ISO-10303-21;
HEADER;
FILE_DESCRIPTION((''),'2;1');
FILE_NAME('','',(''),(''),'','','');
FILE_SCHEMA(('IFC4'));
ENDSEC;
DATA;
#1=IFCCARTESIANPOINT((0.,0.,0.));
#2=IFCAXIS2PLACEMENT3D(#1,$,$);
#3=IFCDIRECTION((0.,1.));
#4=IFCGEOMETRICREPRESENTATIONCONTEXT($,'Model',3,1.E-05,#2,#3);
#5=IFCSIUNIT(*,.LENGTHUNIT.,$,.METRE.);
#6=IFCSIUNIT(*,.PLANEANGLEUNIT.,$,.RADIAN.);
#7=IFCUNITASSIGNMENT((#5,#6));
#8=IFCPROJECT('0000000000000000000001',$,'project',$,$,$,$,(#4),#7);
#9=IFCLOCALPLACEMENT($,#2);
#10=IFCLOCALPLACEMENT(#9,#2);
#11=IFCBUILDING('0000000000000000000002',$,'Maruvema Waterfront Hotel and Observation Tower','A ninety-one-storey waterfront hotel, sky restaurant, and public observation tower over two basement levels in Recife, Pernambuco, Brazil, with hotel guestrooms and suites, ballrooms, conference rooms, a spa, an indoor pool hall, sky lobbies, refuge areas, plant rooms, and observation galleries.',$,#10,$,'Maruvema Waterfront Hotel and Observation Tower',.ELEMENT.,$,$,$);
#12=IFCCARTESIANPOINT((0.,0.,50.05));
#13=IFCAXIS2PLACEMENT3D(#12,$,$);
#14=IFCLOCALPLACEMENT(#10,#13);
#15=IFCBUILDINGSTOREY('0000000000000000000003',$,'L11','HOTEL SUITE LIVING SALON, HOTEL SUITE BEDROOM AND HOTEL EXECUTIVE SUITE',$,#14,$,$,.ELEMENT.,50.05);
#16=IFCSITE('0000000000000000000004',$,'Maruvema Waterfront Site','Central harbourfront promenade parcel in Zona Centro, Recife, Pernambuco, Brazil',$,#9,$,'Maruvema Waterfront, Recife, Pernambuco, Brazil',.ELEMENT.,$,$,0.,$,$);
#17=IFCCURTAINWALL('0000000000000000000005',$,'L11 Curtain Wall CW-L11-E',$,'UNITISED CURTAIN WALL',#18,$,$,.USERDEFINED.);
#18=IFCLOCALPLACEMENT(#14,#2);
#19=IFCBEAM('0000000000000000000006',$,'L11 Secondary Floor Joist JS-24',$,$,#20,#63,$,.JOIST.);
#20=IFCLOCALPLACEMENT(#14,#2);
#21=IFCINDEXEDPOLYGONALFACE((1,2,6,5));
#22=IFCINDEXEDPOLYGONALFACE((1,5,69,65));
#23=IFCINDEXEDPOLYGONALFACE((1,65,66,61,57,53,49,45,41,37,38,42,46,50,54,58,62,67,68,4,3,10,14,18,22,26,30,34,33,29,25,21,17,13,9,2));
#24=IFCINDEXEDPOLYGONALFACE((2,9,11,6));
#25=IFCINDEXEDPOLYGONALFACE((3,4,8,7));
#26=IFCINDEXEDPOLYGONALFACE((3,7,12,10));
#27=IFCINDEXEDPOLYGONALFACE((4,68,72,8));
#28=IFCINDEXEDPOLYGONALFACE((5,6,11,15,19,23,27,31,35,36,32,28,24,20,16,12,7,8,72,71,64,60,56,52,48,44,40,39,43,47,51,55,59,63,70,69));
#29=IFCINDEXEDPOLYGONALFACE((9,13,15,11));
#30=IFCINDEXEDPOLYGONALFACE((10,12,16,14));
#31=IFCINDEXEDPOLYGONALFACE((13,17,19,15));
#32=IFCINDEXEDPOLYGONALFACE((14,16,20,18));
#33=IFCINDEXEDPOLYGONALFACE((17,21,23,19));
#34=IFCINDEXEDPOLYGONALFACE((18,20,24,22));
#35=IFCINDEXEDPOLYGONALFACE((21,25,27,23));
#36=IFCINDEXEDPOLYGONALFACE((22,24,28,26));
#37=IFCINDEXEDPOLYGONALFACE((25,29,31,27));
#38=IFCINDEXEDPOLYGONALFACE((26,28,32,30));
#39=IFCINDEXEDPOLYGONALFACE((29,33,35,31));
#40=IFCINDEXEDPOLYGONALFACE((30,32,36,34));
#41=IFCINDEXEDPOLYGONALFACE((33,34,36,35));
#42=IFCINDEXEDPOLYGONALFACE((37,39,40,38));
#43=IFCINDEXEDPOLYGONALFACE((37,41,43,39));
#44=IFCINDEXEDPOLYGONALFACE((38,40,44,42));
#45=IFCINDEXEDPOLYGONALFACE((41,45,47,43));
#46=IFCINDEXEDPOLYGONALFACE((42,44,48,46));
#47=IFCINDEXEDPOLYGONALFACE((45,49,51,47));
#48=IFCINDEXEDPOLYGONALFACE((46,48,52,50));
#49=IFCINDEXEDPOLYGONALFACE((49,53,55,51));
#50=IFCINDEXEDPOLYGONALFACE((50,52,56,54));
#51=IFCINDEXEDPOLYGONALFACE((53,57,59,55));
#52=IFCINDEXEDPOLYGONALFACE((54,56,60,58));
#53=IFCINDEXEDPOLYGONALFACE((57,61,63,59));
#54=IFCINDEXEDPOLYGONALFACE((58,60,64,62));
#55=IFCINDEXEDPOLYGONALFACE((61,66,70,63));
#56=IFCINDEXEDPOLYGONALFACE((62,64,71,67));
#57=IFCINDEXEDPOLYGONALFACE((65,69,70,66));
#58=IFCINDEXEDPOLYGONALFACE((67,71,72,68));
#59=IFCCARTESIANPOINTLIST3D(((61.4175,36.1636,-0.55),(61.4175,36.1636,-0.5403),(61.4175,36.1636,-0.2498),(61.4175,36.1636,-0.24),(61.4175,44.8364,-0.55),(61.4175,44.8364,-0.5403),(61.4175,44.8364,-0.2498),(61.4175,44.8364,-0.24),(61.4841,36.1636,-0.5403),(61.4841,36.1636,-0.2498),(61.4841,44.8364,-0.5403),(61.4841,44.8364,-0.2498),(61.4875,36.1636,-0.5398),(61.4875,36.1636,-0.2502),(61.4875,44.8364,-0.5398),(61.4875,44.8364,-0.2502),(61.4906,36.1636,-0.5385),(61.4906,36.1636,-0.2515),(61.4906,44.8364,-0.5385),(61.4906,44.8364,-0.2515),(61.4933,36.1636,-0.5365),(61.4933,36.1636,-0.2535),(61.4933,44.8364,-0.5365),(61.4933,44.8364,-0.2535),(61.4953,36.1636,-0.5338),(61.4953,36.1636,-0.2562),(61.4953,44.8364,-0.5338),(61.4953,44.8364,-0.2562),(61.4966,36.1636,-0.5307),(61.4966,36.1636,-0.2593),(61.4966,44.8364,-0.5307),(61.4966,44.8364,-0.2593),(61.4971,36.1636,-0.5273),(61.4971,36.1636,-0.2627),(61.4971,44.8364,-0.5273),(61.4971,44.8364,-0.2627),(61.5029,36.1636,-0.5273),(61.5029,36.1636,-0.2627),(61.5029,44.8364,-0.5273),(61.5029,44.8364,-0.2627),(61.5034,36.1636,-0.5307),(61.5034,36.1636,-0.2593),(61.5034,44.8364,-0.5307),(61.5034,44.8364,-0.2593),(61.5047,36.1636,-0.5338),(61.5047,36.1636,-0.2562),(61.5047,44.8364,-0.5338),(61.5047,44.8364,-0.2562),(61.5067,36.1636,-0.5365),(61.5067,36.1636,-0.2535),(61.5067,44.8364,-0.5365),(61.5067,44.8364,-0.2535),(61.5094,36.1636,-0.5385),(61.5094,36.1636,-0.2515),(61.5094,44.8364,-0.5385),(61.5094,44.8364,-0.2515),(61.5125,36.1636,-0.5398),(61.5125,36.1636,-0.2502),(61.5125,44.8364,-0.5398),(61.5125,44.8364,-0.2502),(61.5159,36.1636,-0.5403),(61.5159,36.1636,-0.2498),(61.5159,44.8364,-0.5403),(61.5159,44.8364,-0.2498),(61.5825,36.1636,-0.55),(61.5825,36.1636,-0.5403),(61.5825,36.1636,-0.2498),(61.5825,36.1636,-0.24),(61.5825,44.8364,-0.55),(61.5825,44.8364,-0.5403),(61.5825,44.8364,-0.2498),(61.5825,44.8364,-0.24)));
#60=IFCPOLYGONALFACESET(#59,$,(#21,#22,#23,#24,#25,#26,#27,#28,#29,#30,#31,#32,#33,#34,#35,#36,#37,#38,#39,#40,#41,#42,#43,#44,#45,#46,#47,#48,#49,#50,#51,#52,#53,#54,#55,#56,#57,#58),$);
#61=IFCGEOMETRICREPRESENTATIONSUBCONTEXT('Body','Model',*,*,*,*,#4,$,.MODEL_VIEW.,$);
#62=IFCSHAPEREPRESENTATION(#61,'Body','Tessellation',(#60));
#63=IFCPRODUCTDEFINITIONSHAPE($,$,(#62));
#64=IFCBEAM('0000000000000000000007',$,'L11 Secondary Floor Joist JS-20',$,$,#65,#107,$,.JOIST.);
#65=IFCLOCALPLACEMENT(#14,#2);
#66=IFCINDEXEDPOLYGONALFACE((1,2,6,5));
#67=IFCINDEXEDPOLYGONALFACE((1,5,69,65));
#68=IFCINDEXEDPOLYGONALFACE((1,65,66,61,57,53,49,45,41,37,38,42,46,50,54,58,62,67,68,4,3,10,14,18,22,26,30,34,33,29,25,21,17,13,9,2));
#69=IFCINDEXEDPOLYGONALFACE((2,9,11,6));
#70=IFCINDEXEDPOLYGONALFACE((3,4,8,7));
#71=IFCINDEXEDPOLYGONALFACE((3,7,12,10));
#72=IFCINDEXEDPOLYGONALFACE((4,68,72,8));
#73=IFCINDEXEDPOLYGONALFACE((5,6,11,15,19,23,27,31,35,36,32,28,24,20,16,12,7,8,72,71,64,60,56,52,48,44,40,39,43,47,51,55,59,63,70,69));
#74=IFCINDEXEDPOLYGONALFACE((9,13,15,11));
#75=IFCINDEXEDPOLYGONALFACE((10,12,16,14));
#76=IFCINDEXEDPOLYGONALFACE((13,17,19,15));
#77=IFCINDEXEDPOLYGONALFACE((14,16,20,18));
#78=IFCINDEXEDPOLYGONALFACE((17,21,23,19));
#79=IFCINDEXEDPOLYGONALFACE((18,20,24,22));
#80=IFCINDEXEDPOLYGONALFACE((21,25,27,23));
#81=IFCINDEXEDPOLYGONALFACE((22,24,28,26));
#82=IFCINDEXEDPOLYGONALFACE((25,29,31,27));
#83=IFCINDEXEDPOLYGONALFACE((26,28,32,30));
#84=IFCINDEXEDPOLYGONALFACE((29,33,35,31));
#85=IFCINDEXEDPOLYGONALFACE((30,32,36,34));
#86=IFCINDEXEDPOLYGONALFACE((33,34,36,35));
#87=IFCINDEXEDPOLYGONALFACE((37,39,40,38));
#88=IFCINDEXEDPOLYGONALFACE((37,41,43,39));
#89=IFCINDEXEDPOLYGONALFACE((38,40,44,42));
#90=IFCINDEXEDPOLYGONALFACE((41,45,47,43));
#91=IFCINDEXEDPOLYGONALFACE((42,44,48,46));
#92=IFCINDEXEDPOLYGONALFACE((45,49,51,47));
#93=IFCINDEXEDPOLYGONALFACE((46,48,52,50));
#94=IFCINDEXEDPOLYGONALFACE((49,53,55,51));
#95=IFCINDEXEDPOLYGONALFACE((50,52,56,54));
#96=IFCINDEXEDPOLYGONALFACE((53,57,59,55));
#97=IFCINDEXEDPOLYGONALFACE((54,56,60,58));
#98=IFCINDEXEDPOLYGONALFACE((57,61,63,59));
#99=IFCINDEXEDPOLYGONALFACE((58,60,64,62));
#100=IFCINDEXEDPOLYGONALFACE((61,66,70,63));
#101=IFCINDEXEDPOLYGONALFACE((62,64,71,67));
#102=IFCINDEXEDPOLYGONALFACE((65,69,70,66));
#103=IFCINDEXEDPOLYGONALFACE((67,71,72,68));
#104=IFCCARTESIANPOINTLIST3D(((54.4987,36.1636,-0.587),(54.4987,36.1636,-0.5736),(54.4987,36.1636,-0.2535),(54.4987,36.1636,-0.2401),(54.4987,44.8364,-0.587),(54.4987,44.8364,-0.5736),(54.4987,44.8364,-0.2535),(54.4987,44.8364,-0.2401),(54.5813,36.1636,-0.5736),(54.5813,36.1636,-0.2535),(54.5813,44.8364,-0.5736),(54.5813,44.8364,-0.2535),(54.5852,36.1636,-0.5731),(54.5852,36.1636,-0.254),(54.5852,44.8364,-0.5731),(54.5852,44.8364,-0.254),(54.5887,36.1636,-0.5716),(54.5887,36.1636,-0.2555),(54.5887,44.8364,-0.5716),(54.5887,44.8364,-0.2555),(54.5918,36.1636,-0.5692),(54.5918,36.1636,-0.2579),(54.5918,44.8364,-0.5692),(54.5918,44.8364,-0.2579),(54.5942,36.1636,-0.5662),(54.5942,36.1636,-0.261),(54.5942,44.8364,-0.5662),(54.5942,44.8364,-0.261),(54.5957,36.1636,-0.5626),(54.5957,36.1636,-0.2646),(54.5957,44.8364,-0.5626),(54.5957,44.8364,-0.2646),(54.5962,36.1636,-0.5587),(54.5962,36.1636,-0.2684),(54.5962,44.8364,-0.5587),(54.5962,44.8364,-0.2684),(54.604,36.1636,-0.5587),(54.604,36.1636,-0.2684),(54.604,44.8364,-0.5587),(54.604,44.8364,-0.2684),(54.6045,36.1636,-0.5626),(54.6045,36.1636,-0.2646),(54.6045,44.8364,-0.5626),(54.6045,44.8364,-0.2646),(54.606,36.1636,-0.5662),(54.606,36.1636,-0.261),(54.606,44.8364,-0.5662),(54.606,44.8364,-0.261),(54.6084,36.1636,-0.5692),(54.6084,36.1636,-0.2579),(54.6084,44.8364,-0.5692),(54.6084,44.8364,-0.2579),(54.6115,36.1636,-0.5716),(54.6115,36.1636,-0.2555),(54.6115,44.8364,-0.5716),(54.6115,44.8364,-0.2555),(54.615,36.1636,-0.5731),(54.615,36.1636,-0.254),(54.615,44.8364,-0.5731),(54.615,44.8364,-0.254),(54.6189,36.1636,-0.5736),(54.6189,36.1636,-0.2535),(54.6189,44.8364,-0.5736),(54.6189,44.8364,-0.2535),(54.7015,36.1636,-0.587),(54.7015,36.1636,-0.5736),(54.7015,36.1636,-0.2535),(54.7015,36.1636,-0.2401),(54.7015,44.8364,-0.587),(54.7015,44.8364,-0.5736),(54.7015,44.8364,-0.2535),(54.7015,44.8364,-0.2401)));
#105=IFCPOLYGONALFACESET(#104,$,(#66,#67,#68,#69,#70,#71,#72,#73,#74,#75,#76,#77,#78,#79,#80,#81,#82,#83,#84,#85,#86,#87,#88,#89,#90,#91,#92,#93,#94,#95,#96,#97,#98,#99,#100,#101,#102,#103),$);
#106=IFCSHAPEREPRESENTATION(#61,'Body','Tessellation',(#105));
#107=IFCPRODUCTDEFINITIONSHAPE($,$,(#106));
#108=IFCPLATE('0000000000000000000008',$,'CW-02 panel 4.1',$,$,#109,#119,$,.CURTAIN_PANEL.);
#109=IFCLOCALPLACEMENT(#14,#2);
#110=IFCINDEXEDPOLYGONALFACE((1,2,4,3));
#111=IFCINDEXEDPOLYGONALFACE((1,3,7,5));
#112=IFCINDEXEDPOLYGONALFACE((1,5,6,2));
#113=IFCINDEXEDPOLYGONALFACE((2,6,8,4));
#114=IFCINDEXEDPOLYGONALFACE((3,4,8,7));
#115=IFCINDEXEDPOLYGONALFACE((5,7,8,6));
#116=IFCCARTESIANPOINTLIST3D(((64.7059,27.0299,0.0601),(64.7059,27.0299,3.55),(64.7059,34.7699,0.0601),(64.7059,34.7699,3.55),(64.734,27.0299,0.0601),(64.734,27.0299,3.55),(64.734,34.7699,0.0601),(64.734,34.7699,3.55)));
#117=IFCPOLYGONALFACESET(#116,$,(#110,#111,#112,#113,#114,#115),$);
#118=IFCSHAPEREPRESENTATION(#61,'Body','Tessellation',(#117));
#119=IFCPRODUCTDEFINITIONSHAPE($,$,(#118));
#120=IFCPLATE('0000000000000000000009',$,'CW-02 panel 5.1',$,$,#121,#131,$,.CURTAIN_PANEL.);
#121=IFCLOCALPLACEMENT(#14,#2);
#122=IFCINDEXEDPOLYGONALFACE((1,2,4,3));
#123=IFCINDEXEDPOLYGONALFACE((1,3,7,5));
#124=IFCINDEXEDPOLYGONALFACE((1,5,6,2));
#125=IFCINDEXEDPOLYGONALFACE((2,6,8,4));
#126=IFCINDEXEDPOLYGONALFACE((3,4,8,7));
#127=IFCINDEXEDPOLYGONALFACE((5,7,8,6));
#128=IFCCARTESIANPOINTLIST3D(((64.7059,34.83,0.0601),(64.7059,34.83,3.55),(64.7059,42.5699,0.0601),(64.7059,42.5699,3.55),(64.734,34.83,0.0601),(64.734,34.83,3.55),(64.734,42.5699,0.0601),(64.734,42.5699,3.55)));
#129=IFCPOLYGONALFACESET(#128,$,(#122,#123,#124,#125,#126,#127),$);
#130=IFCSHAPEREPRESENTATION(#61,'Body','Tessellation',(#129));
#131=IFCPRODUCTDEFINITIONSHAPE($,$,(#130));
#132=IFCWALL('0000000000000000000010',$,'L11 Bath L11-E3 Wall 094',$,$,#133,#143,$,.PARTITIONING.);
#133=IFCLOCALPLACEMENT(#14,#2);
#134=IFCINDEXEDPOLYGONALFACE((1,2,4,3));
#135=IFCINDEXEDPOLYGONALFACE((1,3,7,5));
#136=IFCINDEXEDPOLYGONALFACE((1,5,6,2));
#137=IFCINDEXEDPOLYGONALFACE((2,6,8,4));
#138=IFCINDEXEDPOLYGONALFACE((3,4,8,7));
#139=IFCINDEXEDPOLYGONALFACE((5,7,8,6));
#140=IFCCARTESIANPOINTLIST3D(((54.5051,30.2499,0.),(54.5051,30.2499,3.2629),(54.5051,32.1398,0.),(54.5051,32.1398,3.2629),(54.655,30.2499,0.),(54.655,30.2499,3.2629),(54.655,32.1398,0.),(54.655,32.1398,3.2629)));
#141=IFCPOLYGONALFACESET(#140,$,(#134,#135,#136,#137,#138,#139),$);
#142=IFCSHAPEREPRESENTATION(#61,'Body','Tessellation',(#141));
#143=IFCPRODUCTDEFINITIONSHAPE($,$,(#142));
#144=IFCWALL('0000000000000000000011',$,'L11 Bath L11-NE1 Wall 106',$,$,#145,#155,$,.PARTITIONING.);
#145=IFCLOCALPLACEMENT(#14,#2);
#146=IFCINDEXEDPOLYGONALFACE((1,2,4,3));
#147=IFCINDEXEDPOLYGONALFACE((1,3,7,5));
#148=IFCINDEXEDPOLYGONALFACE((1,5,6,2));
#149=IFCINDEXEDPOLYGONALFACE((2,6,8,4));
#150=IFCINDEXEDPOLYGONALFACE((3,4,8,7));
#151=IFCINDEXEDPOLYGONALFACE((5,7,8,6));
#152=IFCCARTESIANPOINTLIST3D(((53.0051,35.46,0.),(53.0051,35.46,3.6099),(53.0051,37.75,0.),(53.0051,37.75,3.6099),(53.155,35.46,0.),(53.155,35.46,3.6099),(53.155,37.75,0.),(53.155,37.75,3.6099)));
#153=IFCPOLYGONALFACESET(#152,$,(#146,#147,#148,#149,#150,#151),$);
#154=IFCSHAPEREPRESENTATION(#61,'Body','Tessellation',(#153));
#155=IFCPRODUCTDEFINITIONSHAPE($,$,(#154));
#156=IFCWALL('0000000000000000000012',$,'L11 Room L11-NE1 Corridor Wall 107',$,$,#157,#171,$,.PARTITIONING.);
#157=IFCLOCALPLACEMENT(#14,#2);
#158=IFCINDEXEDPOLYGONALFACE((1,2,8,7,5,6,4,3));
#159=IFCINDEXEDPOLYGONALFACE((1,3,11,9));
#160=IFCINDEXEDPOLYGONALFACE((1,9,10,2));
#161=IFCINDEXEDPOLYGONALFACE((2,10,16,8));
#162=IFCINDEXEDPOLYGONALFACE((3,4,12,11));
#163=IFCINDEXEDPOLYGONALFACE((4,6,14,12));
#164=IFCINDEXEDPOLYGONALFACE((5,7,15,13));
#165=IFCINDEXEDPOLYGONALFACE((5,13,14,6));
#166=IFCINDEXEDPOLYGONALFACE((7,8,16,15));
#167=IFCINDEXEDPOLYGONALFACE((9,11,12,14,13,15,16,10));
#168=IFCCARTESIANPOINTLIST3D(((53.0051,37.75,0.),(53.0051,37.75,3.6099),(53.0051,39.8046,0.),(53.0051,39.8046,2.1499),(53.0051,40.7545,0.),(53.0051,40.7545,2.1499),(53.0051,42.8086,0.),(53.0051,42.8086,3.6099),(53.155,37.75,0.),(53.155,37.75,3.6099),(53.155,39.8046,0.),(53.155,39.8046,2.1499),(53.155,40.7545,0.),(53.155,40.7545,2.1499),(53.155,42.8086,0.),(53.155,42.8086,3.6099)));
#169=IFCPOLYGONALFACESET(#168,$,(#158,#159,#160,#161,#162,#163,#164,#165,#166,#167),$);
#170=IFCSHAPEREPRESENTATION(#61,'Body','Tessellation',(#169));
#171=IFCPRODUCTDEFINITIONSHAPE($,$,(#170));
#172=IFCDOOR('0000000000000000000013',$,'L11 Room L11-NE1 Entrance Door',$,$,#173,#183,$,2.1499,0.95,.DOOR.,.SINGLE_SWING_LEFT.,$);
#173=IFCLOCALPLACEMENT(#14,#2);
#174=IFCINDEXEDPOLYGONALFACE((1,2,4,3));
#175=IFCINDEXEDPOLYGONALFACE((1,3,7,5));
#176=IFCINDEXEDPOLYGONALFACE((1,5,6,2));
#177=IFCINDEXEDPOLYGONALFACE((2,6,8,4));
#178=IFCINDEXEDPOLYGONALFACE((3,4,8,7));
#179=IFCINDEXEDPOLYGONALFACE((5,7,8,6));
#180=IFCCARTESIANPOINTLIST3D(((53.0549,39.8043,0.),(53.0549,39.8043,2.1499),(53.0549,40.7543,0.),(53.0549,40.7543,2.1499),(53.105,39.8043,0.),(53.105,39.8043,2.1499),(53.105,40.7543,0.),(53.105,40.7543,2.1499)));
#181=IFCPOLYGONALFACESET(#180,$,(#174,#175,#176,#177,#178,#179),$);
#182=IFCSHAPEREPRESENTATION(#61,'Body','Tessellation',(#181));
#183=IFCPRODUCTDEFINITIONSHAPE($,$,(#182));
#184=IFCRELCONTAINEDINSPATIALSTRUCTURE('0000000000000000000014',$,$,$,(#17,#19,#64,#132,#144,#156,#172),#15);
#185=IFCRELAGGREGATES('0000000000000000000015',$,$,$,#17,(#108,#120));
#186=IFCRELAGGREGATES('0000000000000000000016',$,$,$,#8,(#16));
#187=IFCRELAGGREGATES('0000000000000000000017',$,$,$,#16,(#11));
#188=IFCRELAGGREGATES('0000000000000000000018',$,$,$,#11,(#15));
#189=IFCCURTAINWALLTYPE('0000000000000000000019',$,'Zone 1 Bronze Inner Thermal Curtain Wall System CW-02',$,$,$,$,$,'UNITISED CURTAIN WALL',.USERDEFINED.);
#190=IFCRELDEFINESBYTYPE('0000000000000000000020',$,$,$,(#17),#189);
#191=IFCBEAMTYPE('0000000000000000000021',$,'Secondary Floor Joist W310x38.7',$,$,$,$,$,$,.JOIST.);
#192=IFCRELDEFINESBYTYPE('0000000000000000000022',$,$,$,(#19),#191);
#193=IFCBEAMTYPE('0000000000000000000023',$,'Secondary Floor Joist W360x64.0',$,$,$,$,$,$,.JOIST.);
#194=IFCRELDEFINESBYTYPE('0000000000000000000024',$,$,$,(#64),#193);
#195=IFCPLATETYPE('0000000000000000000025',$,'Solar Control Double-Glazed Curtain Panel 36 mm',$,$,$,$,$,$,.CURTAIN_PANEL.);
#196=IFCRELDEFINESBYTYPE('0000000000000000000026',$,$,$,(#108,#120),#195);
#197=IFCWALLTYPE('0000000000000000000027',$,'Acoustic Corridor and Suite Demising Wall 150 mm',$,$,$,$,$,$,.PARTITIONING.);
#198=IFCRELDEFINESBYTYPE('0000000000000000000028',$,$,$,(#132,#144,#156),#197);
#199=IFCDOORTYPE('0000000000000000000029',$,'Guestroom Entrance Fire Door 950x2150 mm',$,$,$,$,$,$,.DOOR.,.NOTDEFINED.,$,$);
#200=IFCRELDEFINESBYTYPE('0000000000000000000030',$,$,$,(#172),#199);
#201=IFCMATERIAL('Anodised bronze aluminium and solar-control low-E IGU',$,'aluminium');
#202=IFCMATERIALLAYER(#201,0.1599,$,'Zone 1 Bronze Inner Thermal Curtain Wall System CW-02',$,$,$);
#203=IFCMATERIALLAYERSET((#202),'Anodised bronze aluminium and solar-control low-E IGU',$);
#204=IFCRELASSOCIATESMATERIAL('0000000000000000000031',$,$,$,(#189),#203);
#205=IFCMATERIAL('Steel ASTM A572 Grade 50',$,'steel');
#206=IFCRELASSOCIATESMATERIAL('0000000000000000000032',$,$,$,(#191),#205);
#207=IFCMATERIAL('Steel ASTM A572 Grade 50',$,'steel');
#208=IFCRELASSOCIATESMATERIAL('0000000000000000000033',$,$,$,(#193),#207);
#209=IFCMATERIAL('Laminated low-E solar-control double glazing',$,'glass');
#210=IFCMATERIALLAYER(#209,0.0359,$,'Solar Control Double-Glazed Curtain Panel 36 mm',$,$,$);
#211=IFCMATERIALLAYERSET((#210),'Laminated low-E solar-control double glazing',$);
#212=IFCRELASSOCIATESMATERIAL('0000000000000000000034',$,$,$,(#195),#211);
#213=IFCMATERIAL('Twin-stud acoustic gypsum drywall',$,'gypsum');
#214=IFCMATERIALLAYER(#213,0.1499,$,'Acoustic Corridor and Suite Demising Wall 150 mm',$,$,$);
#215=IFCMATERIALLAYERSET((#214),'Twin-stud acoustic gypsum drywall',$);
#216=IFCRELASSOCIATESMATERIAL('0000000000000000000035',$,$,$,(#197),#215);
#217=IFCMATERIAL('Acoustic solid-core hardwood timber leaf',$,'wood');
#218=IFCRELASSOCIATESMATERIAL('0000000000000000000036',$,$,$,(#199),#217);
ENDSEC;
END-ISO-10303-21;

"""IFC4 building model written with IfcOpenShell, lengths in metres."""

from ifc_helpers import new_model, si_unit, direction, frame, frame_2d, origin, origin_2d, place, context, subcontext, project, spatial, rectangle, i_section, extrude, material, layer, layer_set, material_profile, profile_set, type_object, element, fill, aggregate, save


model = new_model("IFC4")

# Units and contexts
model_context = context("Model", 3, precision=1e-05, world=origin(), true_north=direction((0.0, 1.0)))
body_context = subcontext(model_context, "Body", "Model", "MODEL_VIEW")
ifc_project = project(units=[si_unit("LENGTHUNIT", "METRE"), si_unit("PLANEANGLEUNIT", "RADIAN")], contexts=[model_context])

# Site, building, storey
site_placement = place(None, origin())
site = spatial("IfcSite", under=ifc_project, at=site_placement, Name="Maruvema Waterfront Site", Description="Central harbourfront promenade parcel in Zona Centro, Recife, Pernambuco, Brazil", LongName="Maruvema Waterfront, Recife, Pernambuco, Brazil", CompositionType="ELEMENT", RefElevation=0.0)
building_placement = place(site_placement, origin())
building = spatial("IfcBuilding", under=site, at=building_placement, Name="Maruvema Waterfront Hotel and Observation Tower", Description="A ninety-one-storey waterfront hotel, sky restaurant, and public observation tower over two basement levels in Recife, Pernambuco, Brazil, with hotel guestrooms and suites, ballrooms, conference rooms, a spa, an indoor pool hall, sky lobbies, refuge areas, plant rooms, and observation galleries.", LongName="Maruvema Waterfront Hotel and Observation Tower", CompositionType="ELEMENT")
storey_placement = place(building_placement, frame((0.0, 0.0, 50.05)))
storey = spatial("IfcBuildingStorey", under=building, at=storey_placement, Name="L11", Description="HOTEL SUITE LIVING SALON, HOTEL SUITE BEDROOM AND HOTEL EXECUTIVE SUITE", CompositionType="ELEMENT", Elevation=50.05)

# Curtain wall
ifc_material_1 = material(Name="Anodised bronze aluminium and solar-control low-E IGU", Category="aluminium")
ifc_layer_1 = layer(ifc_material_1, 0.1599, Name="Zone 1 Bronze Inner Thermal Curtain Wall System CW-02")
ifc_layer_set_1 = layer_set([ifc_layer_1], Name="Anodised bronze aluminium and solar-control low-E IGU")
curtain_wall_type = type_object("IfcCurtainWallType", Name="Zone 1 Bronze Inner Thermal Curtain Wall System CW-02", ElementType="UNITISED CURTAIN WALL", PredefinedType="USERDEFINED", material=ifc_layer_set_1)
curtain_wall_placement = place(storey_placement, origin())
curtain_wall = element("IfcCurtainWall", 1, at=curtain_wall_placement, inside=storey, type_object=curtain_wall_type, Name="L11 Curtain Wall CW-L11-E", ObjectType="UNITISED CURTAIN WALL", PredefinedType="USERDEFINED")

# Beams
ifc_material_2 = material(Name="Steel ASTM A572 Grade 50", Category="steel")
ifc_material_profile_1 = material_profile(ifc_material_2, i_section(OverallWidth=0.165, OverallDepth=0.3101, WebThickness=0.0059, FlangeThickness=0.0098, FilletRadius=0.0129, at=origin_2d()), Name="W310x38.7")
ifc_profile_set_1 = profile_set([ifc_material_profile_1], Name="Steel ASTM A572 Grade 50")
beam_type_1 = type_object("IfcBeamType", Name="Secondary Floor Joist W310x38.7", PredefinedType="JOIST", material=ifc_profile_set_1)
beam_1_placement = place(storey_placement, frame((61.5, 36.1636, -0.395), z_axis=(0.0, 1.0, 0.0), x_axis=(-1.0, 0.0, 0.0)))
element("IfcBeam", 2, at=beam_1_placement, inside=storey, type_object=beam_type_1, Name="L11 Secondary Floor Joist JS-24", PredefinedType="JOIST", context=body_context, shape_type="SweptSolid", body=[
    extrude(i_section(OverallWidth=0.165, OverallDepth=0.3101, WebThickness=0.0059, FlangeThickness=0.0098, FilletRadius=0.0129, at=origin_2d()), origin(), (0.0, 0.0, 1.0), 8.6729),
])
ifc_material_3 = material(Name="Steel ASTM A572 Grade 50", Category="steel")
ifc_material_profile_2 = material_profile(ifc_material_3, i_section(OverallWidth=0.2029, OverallDepth=0.3469, WebThickness=0.0078, FlangeThickness=0.0134, FilletRadius=0.0149, at=origin_2d()), Name="W360x64.0")
ifc_profile_set_2 = profile_set([ifc_material_profile_2], Name="Steel ASTM A572 Grade 50")
beam_type_2 = type_object("IfcBeamType", Name="Secondary Floor Joist W360x64.0", PredefinedType="JOIST", material=ifc_profile_set_2)
beam_2_placement = place(storey_placement, frame((54.6001, 36.1636, -0.4136), z_axis=(0.0, 1.0, 0.0), x_axis=(-1.0, 0.0, 0.0)))
element("IfcBeam", 3, at=beam_2_placement, inside=storey, type_object=beam_type_2, Name="L11 Secondary Floor Joist JS-20", PredefinedType="JOIST", context=body_context, shape_type="SweptSolid", body=[
    extrude(i_section(OverallWidth=0.2029, OverallDepth=0.3469, WebThickness=0.0078, FlangeThickness=0.0134, FilletRadius=0.0149, at=origin_2d()), origin(), (0.0, 0.0, 1.0), 8.6729),
])

# Plates
ifc_material_4 = material(Name="Laminated low-E solar-control double glazing", Category="glass")
ifc_layer_2 = layer(ifc_material_4, 0.0359, Name="Solar Control Double-Glazed Curtain Panel 36 mm")
ifc_layer_set_2 = layer_set([ifc_layer_2], Name="Laminated low-E solar-control double glazing")
plate_type = type_object("IfcPlateType", Name="Solar Control Double-Glazed Curtain Panel 36 mm", PredefinedType="CURTAIN_PANEL", material=ifc_layer_set_2)
plate_1_placement = place(storey_placement, frame((64.72, 30.8999, 0.0601), z_axis=(0.0, 0.0, 1.0), x_axis=(0.0, 1.0, 0.0)))
plate_1 = element("IfcPlate", 4, at=plate_1_placement, type_object=plate_type, Name="CW-02 panel 4.1", PredefinedType="CURTAIN_PANEL", context=body_context, shape_type="SweptSolid", body=[
    extrude(rectangle(XDim=7.74, YDim=0.0281, at=origin_2d()), origin(), (0.0, 0.0, 1.0), 3.49),
])
plate_2_placement = place(storey_placement, frame((64.72, 38.7, 0.0601), z_axis=(0.0, 0.0, 1.0), x_axis=(0.0, 1.0, 0.0)))
plate_2 = element("IfcPlate", 5, at=plate_2_placement, type_object=plate_type, Name="CW-02 panel 5.1", PredefinedType="CURTAIN_PANEL", context=body_context, shape_type="SweptSolid", body=[
    extrude(rectangle(XDim=7.74, YDim=0.0281, at=origin_2d()), origin(), (0.0, 0.0, 1.0), 3.49),
])
aggregate(curtain_wall, [plate_1, plate_2])

# Walls
ifc_material_5 = material(Name="Twin-stud acoustic gypsum drywall", Category="gypsum")
ifc_layer_3 = layer(ifc_material_5, 0.1499, Name="Acoustic Corridor and Suite Demising Wall 150 mm")
ifc_layer_set_3 = layer_set([ifc_layer_3], Name="Twin-stud acoustic gypsum drywall")
wall_type_1 = type_object("IfcWallType", Name="Acoustic Corridor and Suite Demising Wall 150 mm", PredefinedType="PARTITIONING", material=ifc_layer_set_3)
wall_1_placement = place(storey_placement, frame((54.5801, 30.25, 0.0), z_axis=(0.0, 0.0, 1.0), x_axis=(0.0, 1.0, 0.0)))
element("IfcWall", 6, at=wall_1_placement, inside=storey, type_object=wall_type_1, Name="L11 Bath L11-E3 Wall 094", PredefinedType="PARTITIONING", context=body_context, shape_type="SweptSolid", body=[
    extrude(rectangle(XDim=1.8899, YDim=0.1499, at=frame_2d((0.9448, 0.0))), origin(), (0.0, 0.0, 1.0), 3.2629),
])
wall_2_placement = place(storey_placement, frame((53.0801, 35.46, 0.0), z_axis=(0.0, 0.0, 1.0), x_axis=(0.0, 1.0, 0.0)))
element("IfcWall", 7, at=wall_2_placement, inside=storey, type_object=wall_type_1, Name="L11 Bath L11-NE1 Wall 106", PredefinedType="PARTITIONING", context=body_context, shape_type="SweptSolid", body=[
    extrude(rectangle(XDim=2.29, YDim=0.1499, at=frame_2d((1.145, 0.0))), origin(), (0.0, 0.0, 1.0), 3.6099),
])

# Wall, opening, door
wall_3_placement = place(storey_placement, frame((53.0801, 37.75, 0.0), z_axis=(0.0, 0.0, 1.0), x_axis=(0.0, 1.0, 0.0)))
wall_3 = element("IfcWall", 8, at=wall_3_placement, inside=storey, type_object=wall_type_1, Name="L11 Room L11-NE1 Corridor Wall 107", PredefinedType="PARTITIONING", context=body_context, shape_type="SweptSolid", body=[
    extrude(rectangle(XDim=5.0586, YDim=0.1499, at=frame_2d((2.5293, 0.0))), origin(), (0.0, 0.0, 1.0), 3.6099),
])
opening_1_placement = place(wall_3_placement, frame((2.0544, 0.0, 0.0)))
opening_1 = element("IfcOpeningElement", 9, at=opening_1_placement, cuts=wall_3, PredefinedType="OPENING", context=body_context, shape_type="SweptSolid", body=[
    extrude(rectangle(XDim=0.95, YDim=2.1499, at=frame_2d((0.4751, 1.075))), frame((0.0, 0.085, 0.0), z_axis=(0.0, -1.0, 0.0), x_axis=(1.0, 0.0, 0.0)), (0.0, 0.0, 1.0), 0.1699),
])
ifc_material_6 = material(Name="Acoustic solid-core hardwood timber leaf", Category="wood")
door_type_1 = type_object("IfcDoorType", Name="Guestroom Entrance Fire Door 950x2150 mm", OperationType="NOTDEFINED", PredefinedType="DOOR", material=ifc_material_6)
door_1_placement = place(opening_1_placement, frame((0.95, 0.0, 0.0), z_axis=(0.0, 0.0, 1.0), x_axis=(-1.0, 0.0, 0.0)))
door_1 = element("IfcDoor", 10, at=door_1_placement, inside=storey, type_object=door_type_1, Name="L11 Room L11-NE1 Entrance Door", OperationType="SINGLE_SWING_LEFT", OverallHeight=2.1499, OverallWidth=0.95, PredefinedType="DOOR", context=body_context, shape_type="SweptSolid", body=[
    extrude(rectangle(XDim=0.95, YDim=2.1499, at=frame_2d((0.4751, 1.075))), frame((0.0, 0.0249, 0.0), z_axis=(0.0, -1.0, 0.0), x_axis=(1.0, 0.0, 0.0)), (0.0, 0.0, 1.0), 0.05),
])
fill(opening_1, door_1)

save(model, "model.ifc")
